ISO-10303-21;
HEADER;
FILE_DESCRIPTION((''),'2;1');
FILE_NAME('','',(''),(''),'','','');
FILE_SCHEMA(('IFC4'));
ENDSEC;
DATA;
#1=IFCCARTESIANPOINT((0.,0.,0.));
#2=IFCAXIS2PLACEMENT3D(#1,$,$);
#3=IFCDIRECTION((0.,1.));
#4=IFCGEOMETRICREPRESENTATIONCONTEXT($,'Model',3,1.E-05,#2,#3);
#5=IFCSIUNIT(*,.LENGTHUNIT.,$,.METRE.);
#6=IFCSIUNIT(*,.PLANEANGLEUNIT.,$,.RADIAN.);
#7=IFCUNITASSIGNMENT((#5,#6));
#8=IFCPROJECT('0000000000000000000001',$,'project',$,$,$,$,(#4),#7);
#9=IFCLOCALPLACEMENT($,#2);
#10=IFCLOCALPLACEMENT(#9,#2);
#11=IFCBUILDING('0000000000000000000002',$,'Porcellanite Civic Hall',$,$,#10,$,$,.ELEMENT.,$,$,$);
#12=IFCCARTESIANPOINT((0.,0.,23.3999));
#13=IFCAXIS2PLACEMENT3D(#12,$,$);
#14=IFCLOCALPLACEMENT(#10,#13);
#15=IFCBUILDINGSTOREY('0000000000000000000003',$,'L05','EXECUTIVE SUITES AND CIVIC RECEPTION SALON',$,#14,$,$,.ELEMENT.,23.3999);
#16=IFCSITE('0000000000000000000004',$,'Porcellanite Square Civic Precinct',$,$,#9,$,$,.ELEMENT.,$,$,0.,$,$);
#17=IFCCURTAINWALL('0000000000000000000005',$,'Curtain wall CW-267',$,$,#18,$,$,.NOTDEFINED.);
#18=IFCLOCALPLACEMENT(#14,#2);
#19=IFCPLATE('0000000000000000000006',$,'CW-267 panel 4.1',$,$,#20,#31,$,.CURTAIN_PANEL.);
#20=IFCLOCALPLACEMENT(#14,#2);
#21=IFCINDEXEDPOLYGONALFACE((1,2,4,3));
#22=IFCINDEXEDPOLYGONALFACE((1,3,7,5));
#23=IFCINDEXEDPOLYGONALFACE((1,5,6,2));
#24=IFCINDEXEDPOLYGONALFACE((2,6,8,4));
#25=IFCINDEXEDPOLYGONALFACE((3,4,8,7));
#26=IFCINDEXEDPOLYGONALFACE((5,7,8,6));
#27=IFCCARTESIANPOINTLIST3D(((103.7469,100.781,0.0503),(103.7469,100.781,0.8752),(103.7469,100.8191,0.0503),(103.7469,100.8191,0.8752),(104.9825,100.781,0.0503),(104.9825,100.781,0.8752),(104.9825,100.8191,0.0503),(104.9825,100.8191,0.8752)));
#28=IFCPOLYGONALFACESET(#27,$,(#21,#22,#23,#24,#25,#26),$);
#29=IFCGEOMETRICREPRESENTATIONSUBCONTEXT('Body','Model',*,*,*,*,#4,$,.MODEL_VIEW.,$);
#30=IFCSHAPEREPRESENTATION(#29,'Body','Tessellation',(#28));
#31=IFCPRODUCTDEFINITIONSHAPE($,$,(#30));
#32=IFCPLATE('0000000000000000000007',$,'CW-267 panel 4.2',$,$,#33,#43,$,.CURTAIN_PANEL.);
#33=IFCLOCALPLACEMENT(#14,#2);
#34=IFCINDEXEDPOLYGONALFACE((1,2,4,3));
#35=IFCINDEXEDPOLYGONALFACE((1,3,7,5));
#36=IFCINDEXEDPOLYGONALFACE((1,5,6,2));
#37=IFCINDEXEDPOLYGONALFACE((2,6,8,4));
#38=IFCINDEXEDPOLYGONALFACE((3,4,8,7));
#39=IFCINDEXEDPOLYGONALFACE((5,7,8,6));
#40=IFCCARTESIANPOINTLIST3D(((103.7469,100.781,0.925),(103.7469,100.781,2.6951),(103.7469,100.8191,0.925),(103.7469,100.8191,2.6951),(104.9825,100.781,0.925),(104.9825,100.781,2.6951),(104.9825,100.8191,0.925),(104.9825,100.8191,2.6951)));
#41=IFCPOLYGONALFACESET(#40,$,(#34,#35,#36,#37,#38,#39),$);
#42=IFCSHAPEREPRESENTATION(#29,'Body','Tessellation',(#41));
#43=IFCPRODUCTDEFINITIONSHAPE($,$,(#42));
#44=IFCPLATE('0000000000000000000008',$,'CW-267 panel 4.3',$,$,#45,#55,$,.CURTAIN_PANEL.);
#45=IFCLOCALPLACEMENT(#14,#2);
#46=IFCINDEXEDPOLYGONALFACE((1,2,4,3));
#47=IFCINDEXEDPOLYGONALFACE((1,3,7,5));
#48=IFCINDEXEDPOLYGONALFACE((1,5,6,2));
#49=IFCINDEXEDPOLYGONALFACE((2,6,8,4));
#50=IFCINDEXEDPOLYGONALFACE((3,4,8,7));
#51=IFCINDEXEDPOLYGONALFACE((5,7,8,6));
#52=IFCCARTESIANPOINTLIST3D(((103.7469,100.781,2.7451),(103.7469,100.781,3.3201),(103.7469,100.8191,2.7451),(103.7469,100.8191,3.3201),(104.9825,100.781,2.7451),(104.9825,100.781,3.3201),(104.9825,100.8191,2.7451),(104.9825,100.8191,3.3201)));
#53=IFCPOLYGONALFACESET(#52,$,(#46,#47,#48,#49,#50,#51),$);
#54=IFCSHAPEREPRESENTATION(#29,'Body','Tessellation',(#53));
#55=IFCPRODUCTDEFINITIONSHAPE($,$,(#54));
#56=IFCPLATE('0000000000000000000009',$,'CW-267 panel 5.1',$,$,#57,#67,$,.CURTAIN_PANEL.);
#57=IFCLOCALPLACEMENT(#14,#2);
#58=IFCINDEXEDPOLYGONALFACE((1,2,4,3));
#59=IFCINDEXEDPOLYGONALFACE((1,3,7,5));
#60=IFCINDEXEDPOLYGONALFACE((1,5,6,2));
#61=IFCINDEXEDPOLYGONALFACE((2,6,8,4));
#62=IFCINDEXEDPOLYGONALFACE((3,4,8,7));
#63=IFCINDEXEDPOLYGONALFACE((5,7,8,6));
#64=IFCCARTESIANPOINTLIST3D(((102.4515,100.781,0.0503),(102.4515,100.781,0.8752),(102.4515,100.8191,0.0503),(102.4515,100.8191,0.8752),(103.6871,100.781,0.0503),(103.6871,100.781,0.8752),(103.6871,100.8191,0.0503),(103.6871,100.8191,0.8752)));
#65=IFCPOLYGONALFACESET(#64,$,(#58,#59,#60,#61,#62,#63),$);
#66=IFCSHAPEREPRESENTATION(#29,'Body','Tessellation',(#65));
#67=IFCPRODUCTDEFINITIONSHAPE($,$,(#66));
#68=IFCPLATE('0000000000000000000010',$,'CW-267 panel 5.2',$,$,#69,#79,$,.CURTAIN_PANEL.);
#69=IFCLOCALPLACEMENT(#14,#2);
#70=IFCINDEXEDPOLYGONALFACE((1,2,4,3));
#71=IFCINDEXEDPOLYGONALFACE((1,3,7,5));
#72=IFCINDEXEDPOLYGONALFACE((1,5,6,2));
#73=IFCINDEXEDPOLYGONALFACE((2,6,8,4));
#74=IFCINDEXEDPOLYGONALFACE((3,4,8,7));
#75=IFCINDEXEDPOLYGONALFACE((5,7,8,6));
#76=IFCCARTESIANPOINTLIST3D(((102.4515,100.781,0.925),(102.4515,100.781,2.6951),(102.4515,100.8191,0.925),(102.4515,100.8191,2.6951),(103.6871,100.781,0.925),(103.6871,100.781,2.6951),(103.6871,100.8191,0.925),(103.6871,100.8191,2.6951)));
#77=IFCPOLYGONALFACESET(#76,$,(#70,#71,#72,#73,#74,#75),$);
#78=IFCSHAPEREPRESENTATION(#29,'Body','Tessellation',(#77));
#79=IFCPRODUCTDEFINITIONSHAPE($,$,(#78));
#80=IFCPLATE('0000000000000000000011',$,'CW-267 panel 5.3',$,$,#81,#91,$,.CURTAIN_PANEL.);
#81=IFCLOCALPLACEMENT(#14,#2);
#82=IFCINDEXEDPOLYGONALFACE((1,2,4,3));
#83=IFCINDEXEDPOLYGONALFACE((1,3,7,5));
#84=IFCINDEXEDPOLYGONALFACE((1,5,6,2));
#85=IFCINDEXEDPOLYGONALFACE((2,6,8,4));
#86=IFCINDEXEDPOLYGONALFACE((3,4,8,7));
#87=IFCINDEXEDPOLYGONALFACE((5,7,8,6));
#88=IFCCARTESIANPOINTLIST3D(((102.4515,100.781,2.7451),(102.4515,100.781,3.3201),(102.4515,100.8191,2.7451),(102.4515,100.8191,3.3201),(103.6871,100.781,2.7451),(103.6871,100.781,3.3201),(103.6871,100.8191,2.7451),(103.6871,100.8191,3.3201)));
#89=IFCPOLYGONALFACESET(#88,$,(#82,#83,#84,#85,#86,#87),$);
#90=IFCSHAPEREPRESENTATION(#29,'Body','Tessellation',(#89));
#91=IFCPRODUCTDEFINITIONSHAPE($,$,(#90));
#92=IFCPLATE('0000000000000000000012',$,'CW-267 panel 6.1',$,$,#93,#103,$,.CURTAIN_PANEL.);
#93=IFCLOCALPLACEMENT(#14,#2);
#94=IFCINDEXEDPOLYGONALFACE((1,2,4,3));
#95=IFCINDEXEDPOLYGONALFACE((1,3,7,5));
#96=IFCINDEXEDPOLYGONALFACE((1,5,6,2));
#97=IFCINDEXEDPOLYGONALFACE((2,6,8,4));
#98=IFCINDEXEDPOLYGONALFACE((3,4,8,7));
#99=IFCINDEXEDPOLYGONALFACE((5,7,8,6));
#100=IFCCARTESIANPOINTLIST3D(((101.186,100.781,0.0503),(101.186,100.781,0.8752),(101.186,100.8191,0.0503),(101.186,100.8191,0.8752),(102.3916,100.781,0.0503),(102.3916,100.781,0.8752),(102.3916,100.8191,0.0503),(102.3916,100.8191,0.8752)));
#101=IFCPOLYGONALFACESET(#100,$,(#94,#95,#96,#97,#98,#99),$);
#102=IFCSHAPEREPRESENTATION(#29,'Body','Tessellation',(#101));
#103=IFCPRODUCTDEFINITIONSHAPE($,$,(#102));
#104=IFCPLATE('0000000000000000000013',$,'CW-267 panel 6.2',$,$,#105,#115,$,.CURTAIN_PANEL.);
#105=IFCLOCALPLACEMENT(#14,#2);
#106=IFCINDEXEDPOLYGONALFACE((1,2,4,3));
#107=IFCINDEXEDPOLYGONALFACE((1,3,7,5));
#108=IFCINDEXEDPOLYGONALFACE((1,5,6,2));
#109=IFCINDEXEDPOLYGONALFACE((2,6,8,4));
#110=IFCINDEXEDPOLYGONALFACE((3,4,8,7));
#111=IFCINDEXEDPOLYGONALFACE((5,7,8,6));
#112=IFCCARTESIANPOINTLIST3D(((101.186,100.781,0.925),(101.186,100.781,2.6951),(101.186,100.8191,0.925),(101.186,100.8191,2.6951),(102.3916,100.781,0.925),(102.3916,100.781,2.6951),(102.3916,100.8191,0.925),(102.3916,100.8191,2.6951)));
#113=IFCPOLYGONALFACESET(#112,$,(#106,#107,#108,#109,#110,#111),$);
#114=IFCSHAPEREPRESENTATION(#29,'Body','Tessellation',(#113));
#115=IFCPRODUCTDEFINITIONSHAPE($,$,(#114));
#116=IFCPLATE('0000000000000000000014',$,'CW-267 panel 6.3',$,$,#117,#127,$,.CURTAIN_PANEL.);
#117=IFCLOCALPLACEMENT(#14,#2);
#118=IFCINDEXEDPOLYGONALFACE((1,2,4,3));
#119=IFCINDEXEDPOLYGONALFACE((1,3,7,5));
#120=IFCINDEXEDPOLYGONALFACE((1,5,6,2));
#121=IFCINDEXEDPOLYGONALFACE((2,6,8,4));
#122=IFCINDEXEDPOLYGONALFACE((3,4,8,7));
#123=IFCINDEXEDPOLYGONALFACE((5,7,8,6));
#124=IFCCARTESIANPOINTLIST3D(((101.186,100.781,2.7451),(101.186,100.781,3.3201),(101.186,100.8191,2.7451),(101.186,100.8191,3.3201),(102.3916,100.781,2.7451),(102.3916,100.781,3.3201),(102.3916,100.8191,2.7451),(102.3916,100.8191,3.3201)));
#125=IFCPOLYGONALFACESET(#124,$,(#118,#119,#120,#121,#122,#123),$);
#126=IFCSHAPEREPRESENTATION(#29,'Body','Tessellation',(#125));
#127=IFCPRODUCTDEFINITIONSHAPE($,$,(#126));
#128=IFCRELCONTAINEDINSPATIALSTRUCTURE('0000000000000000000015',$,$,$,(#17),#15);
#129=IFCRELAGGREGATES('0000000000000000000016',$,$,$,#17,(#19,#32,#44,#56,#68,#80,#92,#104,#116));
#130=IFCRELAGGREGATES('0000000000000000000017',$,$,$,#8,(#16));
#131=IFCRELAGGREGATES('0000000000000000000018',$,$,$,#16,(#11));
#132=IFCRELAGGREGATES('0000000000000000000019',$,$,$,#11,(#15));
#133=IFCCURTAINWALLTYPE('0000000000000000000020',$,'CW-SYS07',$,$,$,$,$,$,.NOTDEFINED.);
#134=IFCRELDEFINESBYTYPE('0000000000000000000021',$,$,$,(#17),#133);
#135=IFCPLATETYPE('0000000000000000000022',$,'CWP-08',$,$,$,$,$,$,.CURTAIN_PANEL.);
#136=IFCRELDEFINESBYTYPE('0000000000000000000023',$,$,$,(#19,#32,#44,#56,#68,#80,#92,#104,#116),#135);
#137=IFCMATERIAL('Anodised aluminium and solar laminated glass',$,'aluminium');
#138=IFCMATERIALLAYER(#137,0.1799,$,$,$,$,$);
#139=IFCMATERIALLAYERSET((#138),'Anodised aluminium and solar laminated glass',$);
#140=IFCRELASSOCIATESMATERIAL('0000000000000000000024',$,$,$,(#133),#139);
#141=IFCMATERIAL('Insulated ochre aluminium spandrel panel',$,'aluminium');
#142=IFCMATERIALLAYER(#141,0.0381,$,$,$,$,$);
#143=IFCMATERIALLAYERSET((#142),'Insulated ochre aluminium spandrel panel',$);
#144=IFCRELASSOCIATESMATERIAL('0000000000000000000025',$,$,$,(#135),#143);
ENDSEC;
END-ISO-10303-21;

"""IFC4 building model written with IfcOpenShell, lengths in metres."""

from ifc_helpers import new_model, si_unit, direction, frame, origin, origin_2d, place, context, subcontext, project, spatial, rectangle, extrude, material, layer, layer_set, type_object, element, aggregate, save


model = new_model("IFC4")

# Units and contexts
model_context = context("Model", 3, precision=1e-05, world=origin(), true_north=direction((0.0, 1.0)))
body_context = subcontext(model_context, "Body", "Model", "MODEL_VIEW")
ifc_project = project(units=[si_unit("LENGTHUNIT", "METRE"), si_unit("PLANEANGLEUNIT", "RADIAN")], contexts=[model_context])

# Site, building, storey
site_placement = place(None, origin())
site = spatial("IfcSite", under=ifc_project, at=site_placement, Name="Porcellanite Square Civic Precinct", CompositionType="ELEMENT", RefElevation=0.0)
building_placement = place(site_placement, origin())
building = spatial("IfcBuilding", under=site, at=building_placement, Name="Porcellanite Civic Hall", CompositionType="ELEMENT")
storey_placement = place(building_placement, frame((0.0, 0.0, 23.3999)))
storey = spatial("IfcBuildingStorey", under=building, at=storey_placement, Name="L05", Description="EXECUTIVE SUITES AND CIVIC RECEPTION SALON", CompositionType="ELEMENT", Elevation=23.3999)

# Curtain wall, plates
ifc_material_1 = material(Name="Anodised aluminium and solar laminated glass", Category="aluminium")
ifc_layer_1 = layer(ifc_material_1, 0.1799)
ifc_layer_set_1 = layer_set([ifc_layer_1], Name="Anodised aluminium and solar laminated glass")
curtain_wall_type = type_object("IfcCurtainWallType", Name="CW-SYS07", PredefinedType="NOTDEFINED", material=ifc_layer_set_1)
curtain_wall_placement = place(storey_placement, origin())
curtain_wall = element("IfcCurtainWall", 1, at=curtain_wall_placement, inside=storey, type_object=curtain_wall_type, Name="Curtain wall CW-267", PredefinedType="NOTDEFINED")
ifc_material_2 = material(Name="Insulated ochre aluminium spandrel panel", Category="aluminium")
ifc_layer_2 = layer(ifc_material_2, 0.0381)
ifc_layer_set_2 = layer_set([ifc_layer_2], Name="Insulated ochre aluminium spandrel panel")
plate_type = type_object("IfcPlateType", Name="CWP-08", PredefinedType="CURTAIN_PANEL", material=ifc_layer_set_2)
plate_1_placement = place(storey_placement, frame((104.3647, 100.8, 0.0503), z_axis=(0.0, 0.0, 1.0), x_axis=(-1.0, 0.0, 0.0)))
plate_1 = element("IfcPlate", 2, at=plate_1_placement, type_object=plate_type, Name="CW-267 panel 4.1", PredefinedType="CURTAIN_PANEL", context=body_context, shape_type="SweptSolid", body=[
    extrude(rectangle(XDim=1.2356, YDim=0.0381, at=origin_2d()), origin(), (0.0, 0.0, 1.0), 0.825),
])
plate_2_placement = place(storey_placement, frame((104.3647, 100.8, 0.925), z_axis=(0.0, 0.0, 1.0), x_axis=(-1.0, 0.0, 0.0)))
plate_2 = element("IfcPlate", 3, at=plate_2_placement, type_object=plate_type, Name="CW-267 panel 4.2", PredefinedType="CURTAIN_PANEL", context=body_context, shape_type="SweptSolid", body=[
    extrude(rectangle(XDim=1.2356, YDim=0.0381, at=origin_2d()), origin(), (0.0, 0.0, 1.0), 1.77),
])
plate_3_placement = place(storey_placement, frame((104.3647, 100.8, 2.7451), z_axis=(0.0, 0.0, 1.0), x_axis=(-1.0, 0.0, 0.0)))
plate_3 = element("IfcPlate", 4, at=plate_3_placement, type_object=plate_type, Name="CW-267 panel 4.3", PredefinedType="CURTAIN_PANEL", context=body_context, shape_type="SweptSolid", body=[
    extrude(rectangle(XDim=1.2356, YDim=0.0381, at=origin_2d()), origin(), (0.0, 0.0, 1.0), 0.575),
])
plate_4_placement = place(storey_placement, frame((103.0693, 100.8, 0.0503), z_axis=(0.0, 0.0, 1.0), x_axis=(-1.0, 0.0, 0.0)))
plate_4 = element("IfcPlate", 5, at=plate_4_placement, type_object=plate_type, Name="CW-267 panel 5.1", PredefinedType="CURTAIN_PANEL", context=body_context, shape_type="SweptSolid", body=[
    extrude(rectangle(XDim=1.2356, YDim=0.0381, at=origin_2d()), origin(), (0.0, 0.0, 1.0), 0.825),
])
plate_5_placement = place(storey_placement, frame((103.0693, 100.8, 0.925), z_axis=(0.0, 0.0, 1.0), x_axis=(-1.0, 0.0, 0.0)))
plate_5 = element("IfcPlate", 6, at=plate_5_placement, type_object=plate_type, Name="CW-267 panel 5.2", PredefinedType="CURTAIN_PANEL", context=body_context, shape_type="SweptSolid", body=[
    extrude(rectangle(XDim=1.2356, YDim=0.0381, at=origin_2d()), origin(), (0.0, 0.0, 1.0), 1.77),
])
plate_6_placement = place(storey_placement, frame((103.0693, 100.8, 2.7451), z_axis=(0.0, 0.0, 1.0), x_axis=(-1.0, 0.0, 0.0)))
plate_6 = element("IfcPlate", 7, at=plate_6_placement, type_object=plate_type, Name="CW-267 panel 5.3", PredefinedType="CURTAIN_PANEL", context=body_context, shape_type="SweptSolid", body=[
    extrude(rectangle(XDim=1.2356, YDim=0.0381, at=origin_2d()), origin(), (0.0, 0.0, 1.0), 0.575),
])
plate_7_placement = place(storey_placement, frame((101.7888, 100.8, 0.0503), z_axis=(0.0, 0.0, 1.0), x_axis=(-1.0, 0.0, 0.0)))
plate_7 = element("IfcPlate", 8, at=plate_7_placement, type_object=plate_type, Name="CW-267 panel 6.1", PredefinedType="CURTAIN_PANEL", context=body_context, shape_type="SweptSolid", body=[
    extrude(rectangle(XDim=1.2056, YDim=0.0381, at=origin_2d()), origin(), (0.0, 0.0, 1.0), 0.825),
])
plate_8_placement = place(storey_placement, frame((101.7888, 100.8, 0.925), z_axis=(0.0, 0.0, 1.0), x_axis=(-1.0, 0.0, 0.0)))
plate_8 = element("IfcPlate", 9, at=plate_8_placement, type_object=plate_type, Name="CW-267 panel 6.2", PredefinedType="CURTAIN_PANEL", context=body_context, shape_type="SweptSolid", body=[
    extrude(rectangle(XDim=1.2056, YDim=0.0381, at=origin_2d()), origin(), (0.0, 0.0, 1.0), 1.77),
])
plate_9_placement = place(storey_placement, frame((101.7888, 100.8, 2.7451), z_axis=(0.0, 0.0, 1.0), x_axis=(-1.0, 0.0, 0.0)))
plate_9 = element("IfcPlate", 10, at=plate_9_placement, type_object=plate_type, Name="CW-267 panel 6.3", PredefinedType="CURTAIN_PANEL", context=body_context, shape_type="SweptSolid", body=[
    extrude(rectangle(XDim=1.2056, YDim=0.0381, at=origin_2d()), origin(), (0.0, 0.0, 1.0), 0.575),
])
aggregate(curtain_wall, [plate_1, plate_2, plate_3, plate_4, plate_5, plate_6, plate_7, plate_8, plate_9])

save(model, "model.ifc")
